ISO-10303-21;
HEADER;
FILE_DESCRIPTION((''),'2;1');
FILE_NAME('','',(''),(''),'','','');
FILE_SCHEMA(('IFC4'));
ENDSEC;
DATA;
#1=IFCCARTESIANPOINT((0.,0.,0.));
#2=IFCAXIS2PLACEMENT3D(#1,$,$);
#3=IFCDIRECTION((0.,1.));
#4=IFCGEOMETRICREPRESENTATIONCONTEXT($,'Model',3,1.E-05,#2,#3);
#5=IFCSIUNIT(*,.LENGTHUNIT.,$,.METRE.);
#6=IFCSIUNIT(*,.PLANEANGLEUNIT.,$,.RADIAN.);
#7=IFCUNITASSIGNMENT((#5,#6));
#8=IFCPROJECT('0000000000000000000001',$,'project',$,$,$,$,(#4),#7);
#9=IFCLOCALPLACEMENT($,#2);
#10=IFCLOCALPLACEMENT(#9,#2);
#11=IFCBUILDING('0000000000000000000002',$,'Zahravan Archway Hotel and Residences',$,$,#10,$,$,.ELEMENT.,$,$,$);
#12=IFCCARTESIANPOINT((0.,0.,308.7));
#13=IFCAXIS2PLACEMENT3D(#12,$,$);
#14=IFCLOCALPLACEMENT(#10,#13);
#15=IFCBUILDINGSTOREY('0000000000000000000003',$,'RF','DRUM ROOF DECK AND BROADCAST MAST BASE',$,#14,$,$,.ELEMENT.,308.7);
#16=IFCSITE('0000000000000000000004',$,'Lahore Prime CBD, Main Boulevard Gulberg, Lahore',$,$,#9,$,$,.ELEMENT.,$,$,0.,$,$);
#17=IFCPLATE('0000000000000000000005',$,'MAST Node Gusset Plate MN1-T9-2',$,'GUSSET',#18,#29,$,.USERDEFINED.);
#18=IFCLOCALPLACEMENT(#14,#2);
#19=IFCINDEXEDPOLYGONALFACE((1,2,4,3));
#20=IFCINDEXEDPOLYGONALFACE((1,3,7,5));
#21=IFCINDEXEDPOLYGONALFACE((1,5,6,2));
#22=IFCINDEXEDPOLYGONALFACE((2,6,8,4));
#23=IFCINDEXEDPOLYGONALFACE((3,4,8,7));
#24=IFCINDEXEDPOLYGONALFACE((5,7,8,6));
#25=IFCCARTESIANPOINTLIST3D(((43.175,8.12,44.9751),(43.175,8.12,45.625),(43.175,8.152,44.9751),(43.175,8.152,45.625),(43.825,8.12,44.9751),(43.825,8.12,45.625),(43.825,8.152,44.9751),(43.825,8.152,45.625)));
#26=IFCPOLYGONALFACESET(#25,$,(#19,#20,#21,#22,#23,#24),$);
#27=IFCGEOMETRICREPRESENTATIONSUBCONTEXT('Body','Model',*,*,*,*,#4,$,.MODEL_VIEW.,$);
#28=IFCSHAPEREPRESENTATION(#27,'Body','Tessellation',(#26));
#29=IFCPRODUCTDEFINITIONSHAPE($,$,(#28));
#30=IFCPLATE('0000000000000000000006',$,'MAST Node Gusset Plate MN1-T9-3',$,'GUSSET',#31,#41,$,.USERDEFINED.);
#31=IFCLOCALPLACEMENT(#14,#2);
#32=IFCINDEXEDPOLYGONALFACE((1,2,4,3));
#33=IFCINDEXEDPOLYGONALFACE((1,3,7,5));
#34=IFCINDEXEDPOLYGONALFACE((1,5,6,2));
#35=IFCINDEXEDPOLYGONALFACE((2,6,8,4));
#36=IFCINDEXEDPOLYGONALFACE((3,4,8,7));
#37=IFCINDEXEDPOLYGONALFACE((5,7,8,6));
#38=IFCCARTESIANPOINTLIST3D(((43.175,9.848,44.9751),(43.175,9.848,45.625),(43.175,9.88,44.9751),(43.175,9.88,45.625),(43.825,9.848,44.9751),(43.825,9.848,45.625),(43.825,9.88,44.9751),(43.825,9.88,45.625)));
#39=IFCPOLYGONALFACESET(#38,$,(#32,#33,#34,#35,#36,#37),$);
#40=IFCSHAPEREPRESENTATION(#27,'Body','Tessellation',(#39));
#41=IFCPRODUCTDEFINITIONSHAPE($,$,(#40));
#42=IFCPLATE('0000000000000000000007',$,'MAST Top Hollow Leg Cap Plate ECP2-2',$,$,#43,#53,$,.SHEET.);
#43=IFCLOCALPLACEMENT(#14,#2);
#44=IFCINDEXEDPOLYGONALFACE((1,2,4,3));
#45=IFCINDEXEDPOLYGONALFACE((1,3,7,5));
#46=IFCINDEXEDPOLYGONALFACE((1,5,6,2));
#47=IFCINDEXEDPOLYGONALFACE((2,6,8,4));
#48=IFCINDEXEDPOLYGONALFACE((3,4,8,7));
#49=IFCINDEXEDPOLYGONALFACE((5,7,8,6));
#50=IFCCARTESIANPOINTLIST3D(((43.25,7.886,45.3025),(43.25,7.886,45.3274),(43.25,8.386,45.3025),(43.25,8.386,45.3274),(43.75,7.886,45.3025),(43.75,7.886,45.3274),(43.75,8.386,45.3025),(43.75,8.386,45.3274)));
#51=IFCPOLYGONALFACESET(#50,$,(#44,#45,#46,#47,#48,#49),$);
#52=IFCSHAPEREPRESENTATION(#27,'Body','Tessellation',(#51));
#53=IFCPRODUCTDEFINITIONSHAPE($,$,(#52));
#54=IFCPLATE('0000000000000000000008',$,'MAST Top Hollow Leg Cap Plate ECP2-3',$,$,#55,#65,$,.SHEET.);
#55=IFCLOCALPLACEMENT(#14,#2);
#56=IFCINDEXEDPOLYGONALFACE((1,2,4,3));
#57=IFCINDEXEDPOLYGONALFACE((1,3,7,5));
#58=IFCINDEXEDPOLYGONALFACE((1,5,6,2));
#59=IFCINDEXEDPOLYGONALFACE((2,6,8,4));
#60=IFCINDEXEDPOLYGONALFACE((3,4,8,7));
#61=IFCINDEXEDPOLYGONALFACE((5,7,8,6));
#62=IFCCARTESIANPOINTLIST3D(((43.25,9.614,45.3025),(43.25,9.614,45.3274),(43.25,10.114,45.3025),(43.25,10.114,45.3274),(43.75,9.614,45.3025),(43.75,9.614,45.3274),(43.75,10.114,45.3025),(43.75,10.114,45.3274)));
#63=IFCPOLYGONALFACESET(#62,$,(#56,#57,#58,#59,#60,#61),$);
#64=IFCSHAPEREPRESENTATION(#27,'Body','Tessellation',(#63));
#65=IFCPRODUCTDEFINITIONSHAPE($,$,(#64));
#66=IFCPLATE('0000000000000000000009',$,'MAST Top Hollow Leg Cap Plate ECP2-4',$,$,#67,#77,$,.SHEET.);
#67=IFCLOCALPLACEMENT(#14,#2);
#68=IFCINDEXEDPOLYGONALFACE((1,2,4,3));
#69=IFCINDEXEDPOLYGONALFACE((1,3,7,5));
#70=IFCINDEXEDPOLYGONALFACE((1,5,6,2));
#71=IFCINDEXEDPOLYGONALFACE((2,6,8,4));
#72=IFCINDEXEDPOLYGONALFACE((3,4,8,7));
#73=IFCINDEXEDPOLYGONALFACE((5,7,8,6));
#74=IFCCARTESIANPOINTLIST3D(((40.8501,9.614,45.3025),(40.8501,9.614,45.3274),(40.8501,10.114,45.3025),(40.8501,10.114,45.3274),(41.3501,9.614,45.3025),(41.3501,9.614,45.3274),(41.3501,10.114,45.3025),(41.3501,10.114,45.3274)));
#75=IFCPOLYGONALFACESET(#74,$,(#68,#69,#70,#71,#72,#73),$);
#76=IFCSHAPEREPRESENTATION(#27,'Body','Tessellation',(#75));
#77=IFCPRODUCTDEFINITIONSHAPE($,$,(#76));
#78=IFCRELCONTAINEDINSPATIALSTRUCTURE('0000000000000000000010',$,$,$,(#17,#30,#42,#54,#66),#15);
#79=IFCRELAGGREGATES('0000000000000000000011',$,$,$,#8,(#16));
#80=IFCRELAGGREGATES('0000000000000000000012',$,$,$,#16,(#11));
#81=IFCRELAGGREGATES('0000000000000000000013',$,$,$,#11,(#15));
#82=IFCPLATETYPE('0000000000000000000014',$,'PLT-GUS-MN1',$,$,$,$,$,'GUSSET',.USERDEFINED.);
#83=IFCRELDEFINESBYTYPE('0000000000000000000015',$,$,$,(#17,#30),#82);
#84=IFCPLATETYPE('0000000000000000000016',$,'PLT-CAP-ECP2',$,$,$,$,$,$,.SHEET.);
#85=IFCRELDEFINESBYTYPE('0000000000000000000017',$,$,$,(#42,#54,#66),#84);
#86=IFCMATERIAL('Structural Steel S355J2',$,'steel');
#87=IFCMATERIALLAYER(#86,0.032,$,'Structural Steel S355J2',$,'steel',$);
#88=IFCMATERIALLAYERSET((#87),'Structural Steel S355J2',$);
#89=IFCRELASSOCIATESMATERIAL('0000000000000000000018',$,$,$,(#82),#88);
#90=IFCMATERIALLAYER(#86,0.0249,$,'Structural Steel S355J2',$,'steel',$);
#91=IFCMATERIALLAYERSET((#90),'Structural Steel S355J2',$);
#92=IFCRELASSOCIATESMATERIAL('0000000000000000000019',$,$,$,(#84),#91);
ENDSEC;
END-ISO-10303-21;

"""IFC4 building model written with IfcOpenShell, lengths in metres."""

from ifc_helpers import new_model, si_unit, direction, frame, origin, origin_2d, place, context, subcontext, project, spatial, rectangle, extrude, source, transform, mapped, material, layer, layer_set, type_object, type_shapes, element, save


model = new_model("IFC4")

# Units and contexts
model_context = context("Model", 3, precision=1e-05, world=origin(), true_north=direction((0.0, 1.0)))
body_context = subcontext(model_context, "Body", "Model", "MODEL_VIEW")
ifc_project = project(units=[si_unit("LENGTHUNIT", "METRE"), si_unit("PLANEANGLEUNIT", "RADIAN")], contexts=[model_context])

# Site, building, storey
site_placement = place(None, origin())
site = spatial("IfcSite", under=ifc_project, at=site_placement, Name="Lahore Prime CBD, Main Boulevard Gulberg, Lahore", CompositionType="ELEMENT", RefElevation=0.0)
building_placement = place(site_placement, origin())
building = spatial("IfcBuilding", under=site, at=building_placement, Name="Zahravan Archway Hotel and Residences", CompositionType="ELEMENT")
storey_placement = place(building_placement, frame((0.0, 0.0, 308.7)))
storey = spatial("IfcBuildingStorey", under=building, at=storey_placement, Name="RF", Description="DRUM ROOF DECK AND BROADCAST MAST BASE", CompositionType="ELEMENT", Elevation=308.7)

# Shared definitions
ifc_material_1 = material(Name="Structural Steel S355J2", Category="steel")

# Plates
ifc_layer_1 = layer(ifc_material_1, 0.032, Name="Structural Steel S355J2", Category="steel")
ifc_layer_set_1 = layer_set([ifc_layer_1], Name="Structural Steel S355J2")
plate_type_1 = type_object("IfcPlateType", Name="PLT-GUS-MN1", ElementType="GUSSET", PredefinedType="USERDEFINED", material=ifc_layer_set_1)
shared_shape_1 = source(origin(), body_context, "Body", "SweptSolid", [
    extrude(rectangle(XDim=0.6499, YDim=0.032, at=origin_2d()), origin(), (0.0, 0.0, 1.0), 0.6499),
])
type_shapes(plate_type_1, [shared_shape_1])
for number, where, z_axis, x_axis, name in (
    (1, (43.5, 8.136, 44.9751), (0.0, 0.0, 1.0), (1.0, 0.0, 0.0), "MAST Node Gusset Plate MN1-T9-2"),
    (2, (43.5, 9.864, 44.9751), (0.0, 0.0, 1.0), (1.0, 0.0, 0.0), "MAST Node Gusset Plate MN1-T9-3"),
):
    element("IfcPlate", number, at=place(storey_placement, frame(where, z_axis=z_axis, x_axis=x_axis)), inside=storey, type_object=plate_type_1, Name=name, ObjectType="GUSSET", PredefinedType="USERDEFINED", context=body_context, shape_type="MappedRepresentation", body=[
        mapped(shared_shape_1, transform((0.0, 0.0, 0.0), scale=1.0)),
    ])
ifc_layer_2 = layer(ifc_material_1, 0.0249, Name="Structural Steel S355J2", Category="steel")
ifc_layer_set_2 = layer_set([ifc_layer_2], Name="Structural Steel S355J2")
plate_type_2 = type_object("IfcPlateType", Name="PLT-CAP-ECP2", PredefinedType="SHEET", material=ifc_layer_set_2)
shared_shape_2 = source(origin(), body_context, "Body", "SweptSolid", [
    extrude(rectangle(XDim=0.5, YDim=0.5, at=origin_2d()), origin(), (0.0, 0.0, 1.0), 0.0249),
])
type_shapes(plate_type_2, [shared_shape_2])
for number, where, z_axis, x_axis, name in (
    (3, (43.5, 8.136, 45.3025), (0.0, 0.0, 1.0), (1.0, 0.0, 0.0), "MAST Top Hollow Leg Cap Plate ECP2-2"),
    (4, (43.5, 9.864, 45.3025), (0.0, 0.0, 1.0), (1.0, 0.0, 0.0), "MAST Top Hollow Leg Cap Plate ECP2-3"),
    (5, (41.1001, 9.864, 45.3025), (0.0, 0.0, 1.0), (1.0, 0.0, 0.0), "MAST Top Hollow Leg Cap Plate ECP2-4"),
):
    element("IfcPlate", number, at=place(storey_placement, frame(where, z_axis=z_axis, x_axis=x_axis)), inside=storey, type_object=plate_type_2, Name=name, PredefinedType="SHEET", context=body_context, shape_type="MappedRepresentation", body=[
        mapped(shared_shape_2, transform((0.0, 0.0, 0.0), scale=1.0)),
    ])

save(model, "model.ifc")
